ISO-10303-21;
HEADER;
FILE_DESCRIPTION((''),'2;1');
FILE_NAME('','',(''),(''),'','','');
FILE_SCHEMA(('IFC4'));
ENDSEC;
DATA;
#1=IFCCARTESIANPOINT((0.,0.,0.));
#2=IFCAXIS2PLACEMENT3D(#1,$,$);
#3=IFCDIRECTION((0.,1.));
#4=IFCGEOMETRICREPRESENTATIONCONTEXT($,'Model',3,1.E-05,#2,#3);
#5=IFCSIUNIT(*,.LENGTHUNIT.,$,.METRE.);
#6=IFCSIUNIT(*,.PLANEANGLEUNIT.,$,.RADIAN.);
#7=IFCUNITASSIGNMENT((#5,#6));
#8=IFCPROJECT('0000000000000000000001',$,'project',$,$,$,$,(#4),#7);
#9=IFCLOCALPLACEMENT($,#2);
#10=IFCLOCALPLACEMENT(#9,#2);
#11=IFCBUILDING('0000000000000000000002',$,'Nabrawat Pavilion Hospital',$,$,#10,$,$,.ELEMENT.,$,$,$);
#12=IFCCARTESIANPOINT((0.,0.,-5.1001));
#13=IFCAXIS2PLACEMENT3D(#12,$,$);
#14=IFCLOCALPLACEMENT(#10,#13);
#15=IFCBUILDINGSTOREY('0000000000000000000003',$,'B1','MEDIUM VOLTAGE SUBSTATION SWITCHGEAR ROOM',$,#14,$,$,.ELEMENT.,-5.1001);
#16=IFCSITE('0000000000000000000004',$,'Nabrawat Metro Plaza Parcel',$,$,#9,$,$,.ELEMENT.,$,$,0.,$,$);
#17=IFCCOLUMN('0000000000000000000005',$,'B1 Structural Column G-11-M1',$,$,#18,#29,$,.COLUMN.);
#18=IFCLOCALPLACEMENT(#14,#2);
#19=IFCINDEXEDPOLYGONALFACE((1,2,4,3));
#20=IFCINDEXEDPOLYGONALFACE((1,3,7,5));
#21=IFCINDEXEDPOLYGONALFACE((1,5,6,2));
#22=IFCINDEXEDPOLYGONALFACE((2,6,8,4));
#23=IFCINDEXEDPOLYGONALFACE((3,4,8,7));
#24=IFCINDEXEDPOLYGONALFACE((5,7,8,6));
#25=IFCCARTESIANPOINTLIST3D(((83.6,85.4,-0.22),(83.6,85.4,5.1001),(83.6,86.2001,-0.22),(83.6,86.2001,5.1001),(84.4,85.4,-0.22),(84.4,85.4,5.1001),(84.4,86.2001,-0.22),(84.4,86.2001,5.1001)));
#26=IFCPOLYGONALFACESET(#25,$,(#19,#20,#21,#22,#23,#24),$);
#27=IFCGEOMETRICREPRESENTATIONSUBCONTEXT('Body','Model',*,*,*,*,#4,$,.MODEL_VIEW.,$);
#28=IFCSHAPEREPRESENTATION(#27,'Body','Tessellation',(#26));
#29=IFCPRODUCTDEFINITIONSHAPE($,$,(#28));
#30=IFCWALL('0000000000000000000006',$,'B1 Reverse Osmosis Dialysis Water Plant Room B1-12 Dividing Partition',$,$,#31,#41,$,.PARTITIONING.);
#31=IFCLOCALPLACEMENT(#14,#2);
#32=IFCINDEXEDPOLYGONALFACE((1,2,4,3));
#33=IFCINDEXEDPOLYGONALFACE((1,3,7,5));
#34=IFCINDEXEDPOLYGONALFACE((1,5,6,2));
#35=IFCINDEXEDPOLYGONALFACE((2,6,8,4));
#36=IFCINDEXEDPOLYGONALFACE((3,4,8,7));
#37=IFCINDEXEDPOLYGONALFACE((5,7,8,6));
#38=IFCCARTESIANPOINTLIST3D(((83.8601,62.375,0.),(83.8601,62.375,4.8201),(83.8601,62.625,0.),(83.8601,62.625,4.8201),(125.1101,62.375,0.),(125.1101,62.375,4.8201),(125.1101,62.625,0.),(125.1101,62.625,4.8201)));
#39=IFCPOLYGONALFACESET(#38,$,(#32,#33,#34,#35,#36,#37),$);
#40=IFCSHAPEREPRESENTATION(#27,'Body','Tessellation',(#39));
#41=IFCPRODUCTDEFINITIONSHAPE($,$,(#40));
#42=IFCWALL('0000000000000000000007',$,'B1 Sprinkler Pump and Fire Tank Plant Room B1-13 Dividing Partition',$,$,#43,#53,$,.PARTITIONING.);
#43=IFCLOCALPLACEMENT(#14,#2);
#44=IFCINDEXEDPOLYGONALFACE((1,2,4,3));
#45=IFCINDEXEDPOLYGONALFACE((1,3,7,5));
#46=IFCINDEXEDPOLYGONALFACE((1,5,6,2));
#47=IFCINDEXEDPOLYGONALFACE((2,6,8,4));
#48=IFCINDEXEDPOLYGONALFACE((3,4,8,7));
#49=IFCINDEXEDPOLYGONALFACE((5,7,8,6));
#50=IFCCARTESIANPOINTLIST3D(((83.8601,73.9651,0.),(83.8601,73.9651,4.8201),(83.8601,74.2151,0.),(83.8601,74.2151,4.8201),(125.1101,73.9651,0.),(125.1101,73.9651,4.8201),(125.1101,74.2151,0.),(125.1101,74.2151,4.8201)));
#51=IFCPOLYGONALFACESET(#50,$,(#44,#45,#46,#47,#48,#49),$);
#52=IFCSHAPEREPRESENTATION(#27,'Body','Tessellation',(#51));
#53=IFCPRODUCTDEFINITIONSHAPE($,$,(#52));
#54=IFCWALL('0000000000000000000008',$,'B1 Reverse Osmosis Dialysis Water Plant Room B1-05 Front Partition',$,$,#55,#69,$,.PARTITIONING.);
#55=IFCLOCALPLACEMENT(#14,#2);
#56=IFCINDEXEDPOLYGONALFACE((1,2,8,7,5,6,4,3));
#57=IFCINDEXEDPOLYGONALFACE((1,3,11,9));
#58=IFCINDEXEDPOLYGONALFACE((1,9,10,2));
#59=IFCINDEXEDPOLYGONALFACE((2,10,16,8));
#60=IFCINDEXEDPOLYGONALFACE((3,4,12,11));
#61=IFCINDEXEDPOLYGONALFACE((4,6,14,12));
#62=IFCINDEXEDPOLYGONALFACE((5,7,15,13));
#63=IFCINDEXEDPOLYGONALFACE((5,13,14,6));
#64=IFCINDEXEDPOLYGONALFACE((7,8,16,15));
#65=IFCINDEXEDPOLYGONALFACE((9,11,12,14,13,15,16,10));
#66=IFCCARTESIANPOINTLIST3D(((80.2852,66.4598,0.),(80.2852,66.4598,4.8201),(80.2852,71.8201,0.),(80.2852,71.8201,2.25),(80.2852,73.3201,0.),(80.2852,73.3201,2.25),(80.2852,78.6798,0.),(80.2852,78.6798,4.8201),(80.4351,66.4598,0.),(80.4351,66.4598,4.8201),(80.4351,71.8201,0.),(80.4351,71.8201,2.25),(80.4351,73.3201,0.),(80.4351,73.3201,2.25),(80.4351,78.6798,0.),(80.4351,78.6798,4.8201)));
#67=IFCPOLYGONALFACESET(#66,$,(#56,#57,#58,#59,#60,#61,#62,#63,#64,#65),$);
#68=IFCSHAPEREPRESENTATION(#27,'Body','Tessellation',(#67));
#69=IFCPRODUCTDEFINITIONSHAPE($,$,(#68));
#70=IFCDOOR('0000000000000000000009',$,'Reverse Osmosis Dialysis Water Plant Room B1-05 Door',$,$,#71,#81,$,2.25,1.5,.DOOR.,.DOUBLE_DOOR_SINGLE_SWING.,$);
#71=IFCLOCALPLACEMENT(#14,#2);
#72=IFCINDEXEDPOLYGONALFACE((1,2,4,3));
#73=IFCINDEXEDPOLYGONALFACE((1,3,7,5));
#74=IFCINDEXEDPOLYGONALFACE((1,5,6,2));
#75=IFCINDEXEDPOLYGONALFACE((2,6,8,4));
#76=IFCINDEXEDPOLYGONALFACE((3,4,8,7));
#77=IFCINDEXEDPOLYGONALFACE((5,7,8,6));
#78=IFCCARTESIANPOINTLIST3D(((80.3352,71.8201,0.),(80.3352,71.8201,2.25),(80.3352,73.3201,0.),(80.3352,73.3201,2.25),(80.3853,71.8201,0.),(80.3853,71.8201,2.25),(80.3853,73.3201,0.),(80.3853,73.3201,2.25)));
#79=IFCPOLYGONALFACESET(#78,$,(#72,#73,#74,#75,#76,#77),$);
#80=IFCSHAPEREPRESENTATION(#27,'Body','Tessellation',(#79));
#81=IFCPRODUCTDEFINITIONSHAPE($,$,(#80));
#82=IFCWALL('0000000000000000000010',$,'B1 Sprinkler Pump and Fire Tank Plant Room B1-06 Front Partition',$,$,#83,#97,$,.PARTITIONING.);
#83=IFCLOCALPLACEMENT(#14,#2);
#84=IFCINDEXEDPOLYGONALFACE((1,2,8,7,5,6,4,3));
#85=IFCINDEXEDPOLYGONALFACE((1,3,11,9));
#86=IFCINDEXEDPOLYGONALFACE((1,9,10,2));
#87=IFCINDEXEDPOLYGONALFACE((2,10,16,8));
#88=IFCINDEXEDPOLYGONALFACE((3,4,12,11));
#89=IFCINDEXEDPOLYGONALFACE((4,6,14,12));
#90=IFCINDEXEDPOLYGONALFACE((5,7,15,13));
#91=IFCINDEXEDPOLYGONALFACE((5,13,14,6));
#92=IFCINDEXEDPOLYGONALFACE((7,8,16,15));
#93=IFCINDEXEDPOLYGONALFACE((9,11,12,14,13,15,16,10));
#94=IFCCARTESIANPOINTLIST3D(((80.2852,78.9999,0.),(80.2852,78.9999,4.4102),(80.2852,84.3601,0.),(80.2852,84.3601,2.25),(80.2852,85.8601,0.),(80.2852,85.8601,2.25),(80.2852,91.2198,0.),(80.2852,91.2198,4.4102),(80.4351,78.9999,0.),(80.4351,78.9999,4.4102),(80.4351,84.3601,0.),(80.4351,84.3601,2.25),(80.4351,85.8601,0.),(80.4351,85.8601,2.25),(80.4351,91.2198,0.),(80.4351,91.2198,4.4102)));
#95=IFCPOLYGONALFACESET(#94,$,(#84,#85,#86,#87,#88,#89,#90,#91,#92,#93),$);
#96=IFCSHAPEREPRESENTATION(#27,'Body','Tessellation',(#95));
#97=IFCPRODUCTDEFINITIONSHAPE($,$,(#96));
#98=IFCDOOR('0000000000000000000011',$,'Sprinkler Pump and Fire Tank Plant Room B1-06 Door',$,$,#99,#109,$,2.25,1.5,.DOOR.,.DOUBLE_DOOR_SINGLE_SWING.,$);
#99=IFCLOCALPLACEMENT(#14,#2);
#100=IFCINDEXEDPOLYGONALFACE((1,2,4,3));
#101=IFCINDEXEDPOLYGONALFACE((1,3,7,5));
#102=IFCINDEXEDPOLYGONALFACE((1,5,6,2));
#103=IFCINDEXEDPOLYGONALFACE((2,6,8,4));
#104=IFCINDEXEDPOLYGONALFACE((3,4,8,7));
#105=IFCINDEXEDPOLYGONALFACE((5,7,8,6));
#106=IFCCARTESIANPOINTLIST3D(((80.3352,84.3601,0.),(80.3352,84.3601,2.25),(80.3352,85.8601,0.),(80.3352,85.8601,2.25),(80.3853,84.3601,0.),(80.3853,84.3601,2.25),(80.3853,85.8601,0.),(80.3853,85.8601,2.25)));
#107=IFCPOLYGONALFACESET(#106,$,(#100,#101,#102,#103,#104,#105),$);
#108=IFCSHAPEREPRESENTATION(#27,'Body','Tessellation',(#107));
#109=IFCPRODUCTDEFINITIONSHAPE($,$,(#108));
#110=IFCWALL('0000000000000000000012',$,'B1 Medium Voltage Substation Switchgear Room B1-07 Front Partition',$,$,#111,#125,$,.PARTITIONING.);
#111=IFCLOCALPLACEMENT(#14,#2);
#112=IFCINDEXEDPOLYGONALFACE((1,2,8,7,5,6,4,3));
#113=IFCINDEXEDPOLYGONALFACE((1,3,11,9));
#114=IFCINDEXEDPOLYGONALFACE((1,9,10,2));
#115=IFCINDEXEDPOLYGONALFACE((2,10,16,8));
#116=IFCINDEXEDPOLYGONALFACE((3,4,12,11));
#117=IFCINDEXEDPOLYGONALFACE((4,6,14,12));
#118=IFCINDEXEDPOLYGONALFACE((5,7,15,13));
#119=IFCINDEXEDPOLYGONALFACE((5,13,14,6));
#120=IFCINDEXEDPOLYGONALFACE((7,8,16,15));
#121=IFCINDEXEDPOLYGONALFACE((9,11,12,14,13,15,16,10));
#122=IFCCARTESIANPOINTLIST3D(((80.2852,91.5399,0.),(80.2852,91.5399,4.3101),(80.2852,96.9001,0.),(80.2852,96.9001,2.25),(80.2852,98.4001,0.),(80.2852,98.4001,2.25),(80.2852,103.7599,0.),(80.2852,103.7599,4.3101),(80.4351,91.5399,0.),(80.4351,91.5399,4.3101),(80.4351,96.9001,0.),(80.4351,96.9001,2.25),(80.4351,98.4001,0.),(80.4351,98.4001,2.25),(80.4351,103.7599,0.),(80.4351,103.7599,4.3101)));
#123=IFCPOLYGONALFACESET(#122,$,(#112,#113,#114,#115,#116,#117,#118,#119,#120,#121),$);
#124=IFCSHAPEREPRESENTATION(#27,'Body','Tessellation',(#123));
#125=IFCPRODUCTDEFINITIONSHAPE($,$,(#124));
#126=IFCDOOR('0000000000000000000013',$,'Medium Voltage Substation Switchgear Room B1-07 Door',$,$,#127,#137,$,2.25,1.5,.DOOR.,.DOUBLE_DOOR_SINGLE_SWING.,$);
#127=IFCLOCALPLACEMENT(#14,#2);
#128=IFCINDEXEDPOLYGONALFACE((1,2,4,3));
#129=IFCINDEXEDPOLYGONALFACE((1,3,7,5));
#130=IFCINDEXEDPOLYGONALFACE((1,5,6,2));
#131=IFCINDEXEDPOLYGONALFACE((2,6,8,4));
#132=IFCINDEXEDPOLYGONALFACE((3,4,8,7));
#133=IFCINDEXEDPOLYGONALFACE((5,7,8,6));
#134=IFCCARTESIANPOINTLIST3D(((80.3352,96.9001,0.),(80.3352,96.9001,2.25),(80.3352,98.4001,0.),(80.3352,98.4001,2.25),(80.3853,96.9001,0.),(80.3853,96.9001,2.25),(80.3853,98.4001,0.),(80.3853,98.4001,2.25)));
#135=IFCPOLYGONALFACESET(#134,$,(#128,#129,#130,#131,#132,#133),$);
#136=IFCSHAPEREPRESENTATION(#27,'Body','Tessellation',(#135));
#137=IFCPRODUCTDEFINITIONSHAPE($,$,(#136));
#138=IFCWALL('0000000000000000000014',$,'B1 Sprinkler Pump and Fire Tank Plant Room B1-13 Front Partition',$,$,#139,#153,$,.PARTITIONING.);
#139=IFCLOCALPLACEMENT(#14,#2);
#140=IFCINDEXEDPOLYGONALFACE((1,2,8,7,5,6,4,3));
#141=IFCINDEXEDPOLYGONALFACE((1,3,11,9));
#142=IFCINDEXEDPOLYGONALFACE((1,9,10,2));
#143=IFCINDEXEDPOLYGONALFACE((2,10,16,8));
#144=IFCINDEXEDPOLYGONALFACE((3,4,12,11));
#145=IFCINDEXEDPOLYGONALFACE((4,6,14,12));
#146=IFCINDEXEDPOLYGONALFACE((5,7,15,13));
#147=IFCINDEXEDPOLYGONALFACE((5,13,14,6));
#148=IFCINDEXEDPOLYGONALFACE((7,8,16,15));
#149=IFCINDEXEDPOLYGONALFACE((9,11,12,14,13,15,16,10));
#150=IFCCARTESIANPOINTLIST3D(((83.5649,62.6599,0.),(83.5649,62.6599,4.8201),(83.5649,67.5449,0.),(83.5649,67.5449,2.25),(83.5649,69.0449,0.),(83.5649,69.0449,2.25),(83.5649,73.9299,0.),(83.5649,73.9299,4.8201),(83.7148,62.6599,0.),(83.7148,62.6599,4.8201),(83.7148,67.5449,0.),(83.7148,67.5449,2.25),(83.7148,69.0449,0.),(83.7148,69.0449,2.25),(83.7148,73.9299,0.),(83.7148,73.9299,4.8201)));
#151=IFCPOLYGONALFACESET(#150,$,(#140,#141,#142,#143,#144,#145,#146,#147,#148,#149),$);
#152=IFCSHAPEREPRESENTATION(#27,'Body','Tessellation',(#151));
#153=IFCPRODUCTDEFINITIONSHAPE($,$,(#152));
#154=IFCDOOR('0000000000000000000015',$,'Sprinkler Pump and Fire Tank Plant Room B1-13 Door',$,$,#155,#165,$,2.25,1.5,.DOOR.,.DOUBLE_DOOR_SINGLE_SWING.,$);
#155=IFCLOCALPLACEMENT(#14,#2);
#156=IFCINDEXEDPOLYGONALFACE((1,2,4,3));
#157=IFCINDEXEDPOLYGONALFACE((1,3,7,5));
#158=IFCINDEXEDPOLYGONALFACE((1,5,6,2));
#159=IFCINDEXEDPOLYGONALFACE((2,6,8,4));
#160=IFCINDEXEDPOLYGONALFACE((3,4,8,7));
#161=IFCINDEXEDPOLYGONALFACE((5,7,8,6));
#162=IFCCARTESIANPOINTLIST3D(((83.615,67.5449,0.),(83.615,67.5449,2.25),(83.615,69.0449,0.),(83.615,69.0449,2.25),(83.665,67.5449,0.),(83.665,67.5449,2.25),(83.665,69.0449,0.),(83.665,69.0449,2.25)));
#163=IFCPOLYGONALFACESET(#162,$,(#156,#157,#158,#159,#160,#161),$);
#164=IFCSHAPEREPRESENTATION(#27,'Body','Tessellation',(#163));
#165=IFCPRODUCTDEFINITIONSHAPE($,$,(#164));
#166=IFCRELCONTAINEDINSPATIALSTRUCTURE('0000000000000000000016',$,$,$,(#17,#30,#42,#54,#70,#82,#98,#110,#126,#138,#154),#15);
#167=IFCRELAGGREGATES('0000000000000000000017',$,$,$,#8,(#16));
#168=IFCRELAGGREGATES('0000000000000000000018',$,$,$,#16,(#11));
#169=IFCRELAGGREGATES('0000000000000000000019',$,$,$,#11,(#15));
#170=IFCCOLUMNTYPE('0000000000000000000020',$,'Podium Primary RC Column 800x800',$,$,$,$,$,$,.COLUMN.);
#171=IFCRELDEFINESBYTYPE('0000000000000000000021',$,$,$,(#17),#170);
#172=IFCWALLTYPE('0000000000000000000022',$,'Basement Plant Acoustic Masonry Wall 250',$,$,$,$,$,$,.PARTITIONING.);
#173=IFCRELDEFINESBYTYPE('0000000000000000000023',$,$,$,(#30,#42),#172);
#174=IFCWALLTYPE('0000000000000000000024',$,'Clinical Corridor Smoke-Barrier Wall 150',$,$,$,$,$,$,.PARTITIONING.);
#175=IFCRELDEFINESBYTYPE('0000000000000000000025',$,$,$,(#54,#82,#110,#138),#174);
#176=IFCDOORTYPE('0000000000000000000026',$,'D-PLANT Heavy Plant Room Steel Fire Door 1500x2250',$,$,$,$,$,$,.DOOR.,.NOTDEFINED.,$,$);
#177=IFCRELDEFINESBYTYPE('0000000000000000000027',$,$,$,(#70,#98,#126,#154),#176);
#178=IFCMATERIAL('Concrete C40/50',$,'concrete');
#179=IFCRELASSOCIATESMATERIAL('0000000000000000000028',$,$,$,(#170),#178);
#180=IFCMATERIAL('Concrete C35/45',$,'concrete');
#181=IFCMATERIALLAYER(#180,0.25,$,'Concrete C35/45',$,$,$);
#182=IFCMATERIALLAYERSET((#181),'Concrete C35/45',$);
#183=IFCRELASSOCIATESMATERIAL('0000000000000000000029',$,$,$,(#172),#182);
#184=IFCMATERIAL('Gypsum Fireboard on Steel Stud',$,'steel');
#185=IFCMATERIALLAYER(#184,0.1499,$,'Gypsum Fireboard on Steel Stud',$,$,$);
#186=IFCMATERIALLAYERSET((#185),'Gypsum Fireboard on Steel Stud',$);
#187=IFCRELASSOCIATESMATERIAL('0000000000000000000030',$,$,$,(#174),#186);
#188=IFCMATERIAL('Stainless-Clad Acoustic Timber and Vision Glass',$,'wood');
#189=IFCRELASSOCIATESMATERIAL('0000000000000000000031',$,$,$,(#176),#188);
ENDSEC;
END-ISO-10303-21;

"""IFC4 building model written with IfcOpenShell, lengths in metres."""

from ifc_helpers import new_model, si_unit, direction, frame, frame_2d, origin, origin_2d, place, context, subcontext, project, spatial, rectangle, extrude, material, layer, layer_set, material_profile, profile_set, type_object, element, fill, save


model = new_model("IFC4")

# Units and contexts
model_context = context("Model", 3, precision=1e-05, world=origin(), true_north=direction((0.0, 1.0)))
body_context = subcontext(model_context, "Body", "Model", "MODEL_VIEW")
ifc_project = project(units=[si_unit("LENGTHUNIT", "METRE"), si_unit("PLANEANGLEUNIT", "RADIAN")], contexts=[model_context])

# Site, building, storey
site_placement = place(None, origin())
site = spatial("IfcSite", under=ifc_project, at=site_placement, Name="Nabrawat Metro Plaza Parcel", CompositionType="ELEMENT", RefElevation=0.0)
building_placement = place(site_placement, origin())
building = spatial("IfcBuilding", under=site, at=building_placement, Name="Nabrawat Pavilion Hospital", CompositionType="ELEMENT")
storey_placement = place(building_placement, frame((0.0, 0.0, -5.1001)))
storey = spatial("IfcBuildingStorey", under=building, at=storey_placement, Name="B1", Description="MEDIUM VOLTAGE SUBSTATION SWITCHGEAR ROOM", CompositionType="ELEMENT", Elevation=-5.1001)

# Shared definitions
ifc_material_1 = material(Name="Concrete C35/45", Category="concrete")

# Column
ifc_material_2 = material(Name="Concrete C40/50", Category="concrete")
ifc_material_profile_1 = material_profile(ifc_material_2, rectangle(XDim=0.8, YDim=0.8, at=origin_2d()), Name="RC 800x800")
ifc_profile_set_1 = profile_set([ifc_material_profile_1], Name="Concrete C40/50")
column_type_1 = type_object("IfcColumnType", Name="Podium Primary RC Column 800x800", PredefinedType="COLUMN", material=ifc_profile_set_1)
for number, where, z_axis, x_axis, name in (
    (1, (84.0, 85.8, -0.22), (0.0, 0.0, 1.0), (1.0, 0.0, 0.0), "B1 Structural Column G-11-M1"),
):
    element("IfcColumn", number, at=place(storey_placement, frame(where, z_axis=z_axis, x_axis=x_axis)), inside=storey, type_object=column_type_1, Name=name, PredefinedType="COLUMN", context=body_context, shape_type="SweptSolid", body=[
        extrude(rectangle(XDim=0.8, YDim=0.8, at=origin_2d()), origin(), (0.0, 0.0, 1.0), 5.3201),
    ])

# Walls
ifc_layer_1 = layer(ifc_material_1, 0.25, Name="Concrete C35/45")
ifc_layer_set_1 = layer_set([ifc_layer_1], Name="Concrete C35/45")
wall_type_1 = type_object("IfcWallType", Name="Basement Plant Acoustic Masonry Wall 250", PredefinedType="PARTITIONING", material=ifc_layer_set_1)
for number, where, z_axis, x_axis, name in (
    (2, (83.8601, 62.5, 0.0), (0.0, 0.0, 1.0), (1.0, 0.0, 0.0), "B1 Reverse Osmosis Dialysis Water Plant Room B1-12 Dividing Partition"),
    (3, (83.8601, 74.0901, 0.0), (0.0, 0.0, 1.0), (1.0, 0.0, 0.0), "B1 Sprinkler Pump and Fire Tank Plant Room B1-13 Dividing Partition"),
):
    element("IfcWall", number, at=place(storey_placement, frame(where, z_axis=z_axis, x_axis=x_axis)), inside=storey, type_object=wall_type_1, Name=name, PredefinedType="PARTITIONING", context=body_context, shape_type="SweptSolid", body=[
        extrude(rectangle(XDim=41.25, YDim=0.25, at=frame_2d((20.625, 0.0))), origin(), (0.0, 0.0, 1.0), 4.8201),
    ])

# Walls, openings, doors
ifc_material_3 = material(Name="Gypsum Fireboard on Steel Stud", Category="steel")
ifc_layer_2 = layer(ifc_material_3, 0.1499, Name="Gypsum Fireboard on Steel Stud")
ifc_layer_set_2 = layer_set([ifc_layer_2], Name="Gypsum Fireboard on Steel Stud")
wall_type_2 = type_object("IfcWallType", Name="Clinical Corridor Smoke-Barrier Wall 150", PredefinedType="PARTITIONING", material=ifc_layer_set_2)
wall_1_placement = place(storey_placement, frame((80.3601, 66.46, 0.0), z_axis=(0.0, 0.0, 1.0), x_axis=(0.0, 1.0, 0.0)))
wall_1 = element("IfcWall", 4, at=wall_1_placement, inside=storey, type_object=wall_type_2, Name="B1 Reverse Osmosis Dialysis Water Plant Room B1-05 Front Partition", PredefinedType="PARTITIONING", context=body_context, shape_type="SweptSolid", body=[
    extrude(rectangle(XDim=12.22, YDim=0.1499, at=frame_2d((6.1099, 0.0))), origin(), (0.0, 0.0, 1.0), 4.8201),
])
opening_1_placement = place(wall_1_placement, frame((5.3601, 0.0, 0.0)))
opening_1 = element("IfcOpeningElement", 5, at=opening_1_placement, cuts=wall_1, PredefinedType="OPENING", context=body_context, shape_type="SweptSolid", body=[
    extrude(rectangle(XDim=1.5, YDim=2.25, at=frame_2d((0.75, 1.125))), frame((0.0, 0.085, 0.0), z_axis=(0.0, -1.0, 0.0), x_axis=(1.0, 0.0, 0.0)), (0.0, 0.0, 1.0), 0.1699),
])
ifc_material_4 = material(Name="Stainless-Clad Acoustic Timber and Vision Glass", Category="wood")
door_type = type_object("IfcDoorType", Name="D-PLANT Heavy Plant Room Steel Fire Door 1500x2250", OperationType="NOTDEFINED", PredefinedType="DOOR", material=ifc_material_4)
door_1_placement = place(opening_1_placement, origin())
door_1 = element("IfcDoor", 6, at=door_1_placement, inside=storey, type_object=door_type, Name="Reverse Osmosis Dialysis Water Plant Room B1-05 Door", OperationType="DOUBLE_DOOR_SINGLE_SWING", OverallHeight=2.25, OverallWidth=1.5, PredefinedType="DOOR", context=body_context, shape_type="SweptSolid", body=[
    extrude(rectangle(XDim=1.5, YDim=2.25, at=frame_2d((0.75, 1.125))), frame((0.0, 0.0249, 0.0), z_axis=(0.0, -1.0, 0.0), x_axis=(1.0, 0.0, 0.0)), (0.0, 0.0, 1.0), 0.05),
])
fill(opening_1, door_1)
wall_2_placement = place(storey_placement, frame((80.3601, 79.0, 0.0), z_axis=(0.0, 0.0, 1.0), x_axis=(0.0, 1.0, 0.0)))
wall_2 = element("IfcWall", 7, at=wall_2_placement, inside=storey, type_object=wall_type_2, Name="B1 Sprinkler Pump and Fire Tank Plant Room B1-06 Front Partition", PredefinedType="PARTITIONING", context=body_context, shape_type="SweptSolid", body=[
    extrude(rectangle(XDim=12.22, YDim=0.1499, at=frame_2d((6.1099, 0.0))), origin(), (0.0, 0.0, 1.0), 4.4102),
])
opening_2_placement = place(wall_2_placement, frame((5.3601, 0.0, 0.0)))
opening_2 = element("IfcOpeningElement", 8, at=opening_2_placement, cuts=wall_2, PredefinedType="OPENING", context=body_context, shape_type="SweptSolid", body=[
    extrude(rectangle(XDim=1.5, YDim=2.25, at=frame_2d((0.75, 1.125))), frame((0.0, 0.085, 0.0), z_axis=(0.0, -1.0, 0.0), x_axis=(1.0, 0.0, 0.0)), (0.0, 0.0, 1.0), 0.1699),
])
door_2_placement = place(opening_2_placement, origin())
door_2 = element("IfcDoor", 9, at=door_2_placement, inside=storey, type_object=door_type, Name="Sprinkler Pump and Fire Tank Plant Room B1-06 Door", OperationType="DOUBLE_DOOR_SINGLE_SWING", OverallHeight=2.25, OverallWidth=1.5, PredefinedType="DOOR", context=body_context, shape_type="SweptSolid", body=[
    extrude(rectangle(XDim=1.5, YDim=2.25, at=frame_2d((0.75, 1.125))), frame((0.0, 0.0249, 0.0), z_axis=(0.0, -1.0, 0.0), x_axis=(1.0, 0.0, 0.0)), (0.0, 0.0, 1.0), 0.05),
])
fill(opening_2, door_2)
wall_3_placement = place(storey_placement, frame((80.3601, 91.54, 0.0), z_axis=(0.0, 0.0, 1.0), x_axis=(0.0, 1.0, 0.0)))
wall_3 = element("IfcWall", 10, at=wall_3_placement, inside=storey, type_object=wall_type_2, Name="B1 Medium Voltage Substation Switchgear Room B1-07 Front Partition", PredefinedType="PARTITIONING", context=body_context, shape_type="SweptSolid", body=[
    extrude(rectangle(XDim=12.22, YDim=0.1499, at=frame_2d((6.1099, 0.0))), origin(), (0.0, 0.0, 1.0), 4.3101),
])
opening_3_placement = place(wall_3_placement, frame((5.3601, 0.0, 0.0)))
opening_3 = element("IfcOpeningElement", 11, at=opening_3_placement, cuts=wall_3, PredefinedType="OPENING", context=body_context, shape_type="SweptSolid", body=[
    extrude(rectangle(XDim=1.5, YDim=2.25, at=frame_2d((0.75, 1.125))), frame((0.0, 0.085, 0.0), z_axis=(0.0, -1.0, 0.0), x_axis=(1.0, 0.0, 0.0)), (0.0, 0.0, 1.0), 0.1699),
])
door_3_placement = place(opening_3_placement, origin())
door_3 = element("IfcDoor", 12, at=door_3_placement, inside=storey, type_object=door_type, Name="Medium Voltage Substation Switchgear Room B1-07 Door", OperationType="DOUBLE_DOOR_SINGLE_SWING", OverallHeight=2.25, OverallWidth=1.5, PredefinedType="DOOR", context=body_context, shape_type="SweptSolid", body=[
    extrude(rectangle(XDim=1.5, YDim=2.25, at=frame_2d((0.75, 1.125))), frame((0.0, 0.0249, 0.0), z_axis=(0.0, -1.0, 0.0), x_axis=(1.0, 0.0, 0.0)), (0.0, 0.0, 1.0), 0.05),
])
fill(opening_3, door_3)
wall_4_placement = place(storey_placement, frame((83.6399, 62.6599, 0.0), z_axis=(0.0, 0.0, 1.0), x_axis=(0.0, 1.0, 0.0)))
wall_4 = element("IfcWall", 13, at=wall_4_placement, inside=storey, type_object=wall_type_2, Name="B1 Sprinkler Pump and Fire Tank Plant Room B1-13 Front Partition", PredefinedType="PARTITIONING", context=body_context, shape_type="SweptSolid", body=[
    extrude(rectangle(XDim=11.27, YDim=0.1499, at=frame_2d((5.635, 0.0))), origin(), (0.0, 0.0, 1.0), 4.8201),
])
opening_4_placement = place(wall_4_placement, frame((4.885, 0.0, 0.0)))
opening_4 = element("IfcOpeningElement", 14, at=opening_4_placement, cuts=wall_4, PredefinedType="OPENING", context=body_context, shape_type="SweptSolid", body=[
    extrude(rectangle(XDim=1.5, YDim=2.25, at=frame_2d((0.75, 1.125))), frame((0.0, 0.085, 0.0), z_axis=(0.0, -1.0, 0.0), x_axis=(1.0, 0.0, 0.0)), (0.0, 0.0, 1.0), 0.1699),
])
door_4_placement = place(opening_4_placement, origin())
door_4 = element("IfcDoor", 15, at=door_4_placement, inside=storey, type_object=door_type, Name="Sprinkler Pump and Fire Tank Plant Room B1-13 Door", OperationType="DOUBLE_DOOR_SINGLE_SWING", OverallHeight=2.25, OverallWidth=1.5, PredefinedType="DOOR", context=body_context, shape_type="SweptSolid", body=[
    extrude(rectangle(XDim=1.5, YDim=2.25, at=frame_2d((0.75, 1.125))), frame((0.0, 0.0249, 0.0), z_axis=(0.0, -1.0, 0.0), x_axis=(1.0, 0.0, 0.0)), (0.0, 0.0, 1.0), 0.05),
])
fill(opening_4, door_4)

save(model, "model.ifc")
